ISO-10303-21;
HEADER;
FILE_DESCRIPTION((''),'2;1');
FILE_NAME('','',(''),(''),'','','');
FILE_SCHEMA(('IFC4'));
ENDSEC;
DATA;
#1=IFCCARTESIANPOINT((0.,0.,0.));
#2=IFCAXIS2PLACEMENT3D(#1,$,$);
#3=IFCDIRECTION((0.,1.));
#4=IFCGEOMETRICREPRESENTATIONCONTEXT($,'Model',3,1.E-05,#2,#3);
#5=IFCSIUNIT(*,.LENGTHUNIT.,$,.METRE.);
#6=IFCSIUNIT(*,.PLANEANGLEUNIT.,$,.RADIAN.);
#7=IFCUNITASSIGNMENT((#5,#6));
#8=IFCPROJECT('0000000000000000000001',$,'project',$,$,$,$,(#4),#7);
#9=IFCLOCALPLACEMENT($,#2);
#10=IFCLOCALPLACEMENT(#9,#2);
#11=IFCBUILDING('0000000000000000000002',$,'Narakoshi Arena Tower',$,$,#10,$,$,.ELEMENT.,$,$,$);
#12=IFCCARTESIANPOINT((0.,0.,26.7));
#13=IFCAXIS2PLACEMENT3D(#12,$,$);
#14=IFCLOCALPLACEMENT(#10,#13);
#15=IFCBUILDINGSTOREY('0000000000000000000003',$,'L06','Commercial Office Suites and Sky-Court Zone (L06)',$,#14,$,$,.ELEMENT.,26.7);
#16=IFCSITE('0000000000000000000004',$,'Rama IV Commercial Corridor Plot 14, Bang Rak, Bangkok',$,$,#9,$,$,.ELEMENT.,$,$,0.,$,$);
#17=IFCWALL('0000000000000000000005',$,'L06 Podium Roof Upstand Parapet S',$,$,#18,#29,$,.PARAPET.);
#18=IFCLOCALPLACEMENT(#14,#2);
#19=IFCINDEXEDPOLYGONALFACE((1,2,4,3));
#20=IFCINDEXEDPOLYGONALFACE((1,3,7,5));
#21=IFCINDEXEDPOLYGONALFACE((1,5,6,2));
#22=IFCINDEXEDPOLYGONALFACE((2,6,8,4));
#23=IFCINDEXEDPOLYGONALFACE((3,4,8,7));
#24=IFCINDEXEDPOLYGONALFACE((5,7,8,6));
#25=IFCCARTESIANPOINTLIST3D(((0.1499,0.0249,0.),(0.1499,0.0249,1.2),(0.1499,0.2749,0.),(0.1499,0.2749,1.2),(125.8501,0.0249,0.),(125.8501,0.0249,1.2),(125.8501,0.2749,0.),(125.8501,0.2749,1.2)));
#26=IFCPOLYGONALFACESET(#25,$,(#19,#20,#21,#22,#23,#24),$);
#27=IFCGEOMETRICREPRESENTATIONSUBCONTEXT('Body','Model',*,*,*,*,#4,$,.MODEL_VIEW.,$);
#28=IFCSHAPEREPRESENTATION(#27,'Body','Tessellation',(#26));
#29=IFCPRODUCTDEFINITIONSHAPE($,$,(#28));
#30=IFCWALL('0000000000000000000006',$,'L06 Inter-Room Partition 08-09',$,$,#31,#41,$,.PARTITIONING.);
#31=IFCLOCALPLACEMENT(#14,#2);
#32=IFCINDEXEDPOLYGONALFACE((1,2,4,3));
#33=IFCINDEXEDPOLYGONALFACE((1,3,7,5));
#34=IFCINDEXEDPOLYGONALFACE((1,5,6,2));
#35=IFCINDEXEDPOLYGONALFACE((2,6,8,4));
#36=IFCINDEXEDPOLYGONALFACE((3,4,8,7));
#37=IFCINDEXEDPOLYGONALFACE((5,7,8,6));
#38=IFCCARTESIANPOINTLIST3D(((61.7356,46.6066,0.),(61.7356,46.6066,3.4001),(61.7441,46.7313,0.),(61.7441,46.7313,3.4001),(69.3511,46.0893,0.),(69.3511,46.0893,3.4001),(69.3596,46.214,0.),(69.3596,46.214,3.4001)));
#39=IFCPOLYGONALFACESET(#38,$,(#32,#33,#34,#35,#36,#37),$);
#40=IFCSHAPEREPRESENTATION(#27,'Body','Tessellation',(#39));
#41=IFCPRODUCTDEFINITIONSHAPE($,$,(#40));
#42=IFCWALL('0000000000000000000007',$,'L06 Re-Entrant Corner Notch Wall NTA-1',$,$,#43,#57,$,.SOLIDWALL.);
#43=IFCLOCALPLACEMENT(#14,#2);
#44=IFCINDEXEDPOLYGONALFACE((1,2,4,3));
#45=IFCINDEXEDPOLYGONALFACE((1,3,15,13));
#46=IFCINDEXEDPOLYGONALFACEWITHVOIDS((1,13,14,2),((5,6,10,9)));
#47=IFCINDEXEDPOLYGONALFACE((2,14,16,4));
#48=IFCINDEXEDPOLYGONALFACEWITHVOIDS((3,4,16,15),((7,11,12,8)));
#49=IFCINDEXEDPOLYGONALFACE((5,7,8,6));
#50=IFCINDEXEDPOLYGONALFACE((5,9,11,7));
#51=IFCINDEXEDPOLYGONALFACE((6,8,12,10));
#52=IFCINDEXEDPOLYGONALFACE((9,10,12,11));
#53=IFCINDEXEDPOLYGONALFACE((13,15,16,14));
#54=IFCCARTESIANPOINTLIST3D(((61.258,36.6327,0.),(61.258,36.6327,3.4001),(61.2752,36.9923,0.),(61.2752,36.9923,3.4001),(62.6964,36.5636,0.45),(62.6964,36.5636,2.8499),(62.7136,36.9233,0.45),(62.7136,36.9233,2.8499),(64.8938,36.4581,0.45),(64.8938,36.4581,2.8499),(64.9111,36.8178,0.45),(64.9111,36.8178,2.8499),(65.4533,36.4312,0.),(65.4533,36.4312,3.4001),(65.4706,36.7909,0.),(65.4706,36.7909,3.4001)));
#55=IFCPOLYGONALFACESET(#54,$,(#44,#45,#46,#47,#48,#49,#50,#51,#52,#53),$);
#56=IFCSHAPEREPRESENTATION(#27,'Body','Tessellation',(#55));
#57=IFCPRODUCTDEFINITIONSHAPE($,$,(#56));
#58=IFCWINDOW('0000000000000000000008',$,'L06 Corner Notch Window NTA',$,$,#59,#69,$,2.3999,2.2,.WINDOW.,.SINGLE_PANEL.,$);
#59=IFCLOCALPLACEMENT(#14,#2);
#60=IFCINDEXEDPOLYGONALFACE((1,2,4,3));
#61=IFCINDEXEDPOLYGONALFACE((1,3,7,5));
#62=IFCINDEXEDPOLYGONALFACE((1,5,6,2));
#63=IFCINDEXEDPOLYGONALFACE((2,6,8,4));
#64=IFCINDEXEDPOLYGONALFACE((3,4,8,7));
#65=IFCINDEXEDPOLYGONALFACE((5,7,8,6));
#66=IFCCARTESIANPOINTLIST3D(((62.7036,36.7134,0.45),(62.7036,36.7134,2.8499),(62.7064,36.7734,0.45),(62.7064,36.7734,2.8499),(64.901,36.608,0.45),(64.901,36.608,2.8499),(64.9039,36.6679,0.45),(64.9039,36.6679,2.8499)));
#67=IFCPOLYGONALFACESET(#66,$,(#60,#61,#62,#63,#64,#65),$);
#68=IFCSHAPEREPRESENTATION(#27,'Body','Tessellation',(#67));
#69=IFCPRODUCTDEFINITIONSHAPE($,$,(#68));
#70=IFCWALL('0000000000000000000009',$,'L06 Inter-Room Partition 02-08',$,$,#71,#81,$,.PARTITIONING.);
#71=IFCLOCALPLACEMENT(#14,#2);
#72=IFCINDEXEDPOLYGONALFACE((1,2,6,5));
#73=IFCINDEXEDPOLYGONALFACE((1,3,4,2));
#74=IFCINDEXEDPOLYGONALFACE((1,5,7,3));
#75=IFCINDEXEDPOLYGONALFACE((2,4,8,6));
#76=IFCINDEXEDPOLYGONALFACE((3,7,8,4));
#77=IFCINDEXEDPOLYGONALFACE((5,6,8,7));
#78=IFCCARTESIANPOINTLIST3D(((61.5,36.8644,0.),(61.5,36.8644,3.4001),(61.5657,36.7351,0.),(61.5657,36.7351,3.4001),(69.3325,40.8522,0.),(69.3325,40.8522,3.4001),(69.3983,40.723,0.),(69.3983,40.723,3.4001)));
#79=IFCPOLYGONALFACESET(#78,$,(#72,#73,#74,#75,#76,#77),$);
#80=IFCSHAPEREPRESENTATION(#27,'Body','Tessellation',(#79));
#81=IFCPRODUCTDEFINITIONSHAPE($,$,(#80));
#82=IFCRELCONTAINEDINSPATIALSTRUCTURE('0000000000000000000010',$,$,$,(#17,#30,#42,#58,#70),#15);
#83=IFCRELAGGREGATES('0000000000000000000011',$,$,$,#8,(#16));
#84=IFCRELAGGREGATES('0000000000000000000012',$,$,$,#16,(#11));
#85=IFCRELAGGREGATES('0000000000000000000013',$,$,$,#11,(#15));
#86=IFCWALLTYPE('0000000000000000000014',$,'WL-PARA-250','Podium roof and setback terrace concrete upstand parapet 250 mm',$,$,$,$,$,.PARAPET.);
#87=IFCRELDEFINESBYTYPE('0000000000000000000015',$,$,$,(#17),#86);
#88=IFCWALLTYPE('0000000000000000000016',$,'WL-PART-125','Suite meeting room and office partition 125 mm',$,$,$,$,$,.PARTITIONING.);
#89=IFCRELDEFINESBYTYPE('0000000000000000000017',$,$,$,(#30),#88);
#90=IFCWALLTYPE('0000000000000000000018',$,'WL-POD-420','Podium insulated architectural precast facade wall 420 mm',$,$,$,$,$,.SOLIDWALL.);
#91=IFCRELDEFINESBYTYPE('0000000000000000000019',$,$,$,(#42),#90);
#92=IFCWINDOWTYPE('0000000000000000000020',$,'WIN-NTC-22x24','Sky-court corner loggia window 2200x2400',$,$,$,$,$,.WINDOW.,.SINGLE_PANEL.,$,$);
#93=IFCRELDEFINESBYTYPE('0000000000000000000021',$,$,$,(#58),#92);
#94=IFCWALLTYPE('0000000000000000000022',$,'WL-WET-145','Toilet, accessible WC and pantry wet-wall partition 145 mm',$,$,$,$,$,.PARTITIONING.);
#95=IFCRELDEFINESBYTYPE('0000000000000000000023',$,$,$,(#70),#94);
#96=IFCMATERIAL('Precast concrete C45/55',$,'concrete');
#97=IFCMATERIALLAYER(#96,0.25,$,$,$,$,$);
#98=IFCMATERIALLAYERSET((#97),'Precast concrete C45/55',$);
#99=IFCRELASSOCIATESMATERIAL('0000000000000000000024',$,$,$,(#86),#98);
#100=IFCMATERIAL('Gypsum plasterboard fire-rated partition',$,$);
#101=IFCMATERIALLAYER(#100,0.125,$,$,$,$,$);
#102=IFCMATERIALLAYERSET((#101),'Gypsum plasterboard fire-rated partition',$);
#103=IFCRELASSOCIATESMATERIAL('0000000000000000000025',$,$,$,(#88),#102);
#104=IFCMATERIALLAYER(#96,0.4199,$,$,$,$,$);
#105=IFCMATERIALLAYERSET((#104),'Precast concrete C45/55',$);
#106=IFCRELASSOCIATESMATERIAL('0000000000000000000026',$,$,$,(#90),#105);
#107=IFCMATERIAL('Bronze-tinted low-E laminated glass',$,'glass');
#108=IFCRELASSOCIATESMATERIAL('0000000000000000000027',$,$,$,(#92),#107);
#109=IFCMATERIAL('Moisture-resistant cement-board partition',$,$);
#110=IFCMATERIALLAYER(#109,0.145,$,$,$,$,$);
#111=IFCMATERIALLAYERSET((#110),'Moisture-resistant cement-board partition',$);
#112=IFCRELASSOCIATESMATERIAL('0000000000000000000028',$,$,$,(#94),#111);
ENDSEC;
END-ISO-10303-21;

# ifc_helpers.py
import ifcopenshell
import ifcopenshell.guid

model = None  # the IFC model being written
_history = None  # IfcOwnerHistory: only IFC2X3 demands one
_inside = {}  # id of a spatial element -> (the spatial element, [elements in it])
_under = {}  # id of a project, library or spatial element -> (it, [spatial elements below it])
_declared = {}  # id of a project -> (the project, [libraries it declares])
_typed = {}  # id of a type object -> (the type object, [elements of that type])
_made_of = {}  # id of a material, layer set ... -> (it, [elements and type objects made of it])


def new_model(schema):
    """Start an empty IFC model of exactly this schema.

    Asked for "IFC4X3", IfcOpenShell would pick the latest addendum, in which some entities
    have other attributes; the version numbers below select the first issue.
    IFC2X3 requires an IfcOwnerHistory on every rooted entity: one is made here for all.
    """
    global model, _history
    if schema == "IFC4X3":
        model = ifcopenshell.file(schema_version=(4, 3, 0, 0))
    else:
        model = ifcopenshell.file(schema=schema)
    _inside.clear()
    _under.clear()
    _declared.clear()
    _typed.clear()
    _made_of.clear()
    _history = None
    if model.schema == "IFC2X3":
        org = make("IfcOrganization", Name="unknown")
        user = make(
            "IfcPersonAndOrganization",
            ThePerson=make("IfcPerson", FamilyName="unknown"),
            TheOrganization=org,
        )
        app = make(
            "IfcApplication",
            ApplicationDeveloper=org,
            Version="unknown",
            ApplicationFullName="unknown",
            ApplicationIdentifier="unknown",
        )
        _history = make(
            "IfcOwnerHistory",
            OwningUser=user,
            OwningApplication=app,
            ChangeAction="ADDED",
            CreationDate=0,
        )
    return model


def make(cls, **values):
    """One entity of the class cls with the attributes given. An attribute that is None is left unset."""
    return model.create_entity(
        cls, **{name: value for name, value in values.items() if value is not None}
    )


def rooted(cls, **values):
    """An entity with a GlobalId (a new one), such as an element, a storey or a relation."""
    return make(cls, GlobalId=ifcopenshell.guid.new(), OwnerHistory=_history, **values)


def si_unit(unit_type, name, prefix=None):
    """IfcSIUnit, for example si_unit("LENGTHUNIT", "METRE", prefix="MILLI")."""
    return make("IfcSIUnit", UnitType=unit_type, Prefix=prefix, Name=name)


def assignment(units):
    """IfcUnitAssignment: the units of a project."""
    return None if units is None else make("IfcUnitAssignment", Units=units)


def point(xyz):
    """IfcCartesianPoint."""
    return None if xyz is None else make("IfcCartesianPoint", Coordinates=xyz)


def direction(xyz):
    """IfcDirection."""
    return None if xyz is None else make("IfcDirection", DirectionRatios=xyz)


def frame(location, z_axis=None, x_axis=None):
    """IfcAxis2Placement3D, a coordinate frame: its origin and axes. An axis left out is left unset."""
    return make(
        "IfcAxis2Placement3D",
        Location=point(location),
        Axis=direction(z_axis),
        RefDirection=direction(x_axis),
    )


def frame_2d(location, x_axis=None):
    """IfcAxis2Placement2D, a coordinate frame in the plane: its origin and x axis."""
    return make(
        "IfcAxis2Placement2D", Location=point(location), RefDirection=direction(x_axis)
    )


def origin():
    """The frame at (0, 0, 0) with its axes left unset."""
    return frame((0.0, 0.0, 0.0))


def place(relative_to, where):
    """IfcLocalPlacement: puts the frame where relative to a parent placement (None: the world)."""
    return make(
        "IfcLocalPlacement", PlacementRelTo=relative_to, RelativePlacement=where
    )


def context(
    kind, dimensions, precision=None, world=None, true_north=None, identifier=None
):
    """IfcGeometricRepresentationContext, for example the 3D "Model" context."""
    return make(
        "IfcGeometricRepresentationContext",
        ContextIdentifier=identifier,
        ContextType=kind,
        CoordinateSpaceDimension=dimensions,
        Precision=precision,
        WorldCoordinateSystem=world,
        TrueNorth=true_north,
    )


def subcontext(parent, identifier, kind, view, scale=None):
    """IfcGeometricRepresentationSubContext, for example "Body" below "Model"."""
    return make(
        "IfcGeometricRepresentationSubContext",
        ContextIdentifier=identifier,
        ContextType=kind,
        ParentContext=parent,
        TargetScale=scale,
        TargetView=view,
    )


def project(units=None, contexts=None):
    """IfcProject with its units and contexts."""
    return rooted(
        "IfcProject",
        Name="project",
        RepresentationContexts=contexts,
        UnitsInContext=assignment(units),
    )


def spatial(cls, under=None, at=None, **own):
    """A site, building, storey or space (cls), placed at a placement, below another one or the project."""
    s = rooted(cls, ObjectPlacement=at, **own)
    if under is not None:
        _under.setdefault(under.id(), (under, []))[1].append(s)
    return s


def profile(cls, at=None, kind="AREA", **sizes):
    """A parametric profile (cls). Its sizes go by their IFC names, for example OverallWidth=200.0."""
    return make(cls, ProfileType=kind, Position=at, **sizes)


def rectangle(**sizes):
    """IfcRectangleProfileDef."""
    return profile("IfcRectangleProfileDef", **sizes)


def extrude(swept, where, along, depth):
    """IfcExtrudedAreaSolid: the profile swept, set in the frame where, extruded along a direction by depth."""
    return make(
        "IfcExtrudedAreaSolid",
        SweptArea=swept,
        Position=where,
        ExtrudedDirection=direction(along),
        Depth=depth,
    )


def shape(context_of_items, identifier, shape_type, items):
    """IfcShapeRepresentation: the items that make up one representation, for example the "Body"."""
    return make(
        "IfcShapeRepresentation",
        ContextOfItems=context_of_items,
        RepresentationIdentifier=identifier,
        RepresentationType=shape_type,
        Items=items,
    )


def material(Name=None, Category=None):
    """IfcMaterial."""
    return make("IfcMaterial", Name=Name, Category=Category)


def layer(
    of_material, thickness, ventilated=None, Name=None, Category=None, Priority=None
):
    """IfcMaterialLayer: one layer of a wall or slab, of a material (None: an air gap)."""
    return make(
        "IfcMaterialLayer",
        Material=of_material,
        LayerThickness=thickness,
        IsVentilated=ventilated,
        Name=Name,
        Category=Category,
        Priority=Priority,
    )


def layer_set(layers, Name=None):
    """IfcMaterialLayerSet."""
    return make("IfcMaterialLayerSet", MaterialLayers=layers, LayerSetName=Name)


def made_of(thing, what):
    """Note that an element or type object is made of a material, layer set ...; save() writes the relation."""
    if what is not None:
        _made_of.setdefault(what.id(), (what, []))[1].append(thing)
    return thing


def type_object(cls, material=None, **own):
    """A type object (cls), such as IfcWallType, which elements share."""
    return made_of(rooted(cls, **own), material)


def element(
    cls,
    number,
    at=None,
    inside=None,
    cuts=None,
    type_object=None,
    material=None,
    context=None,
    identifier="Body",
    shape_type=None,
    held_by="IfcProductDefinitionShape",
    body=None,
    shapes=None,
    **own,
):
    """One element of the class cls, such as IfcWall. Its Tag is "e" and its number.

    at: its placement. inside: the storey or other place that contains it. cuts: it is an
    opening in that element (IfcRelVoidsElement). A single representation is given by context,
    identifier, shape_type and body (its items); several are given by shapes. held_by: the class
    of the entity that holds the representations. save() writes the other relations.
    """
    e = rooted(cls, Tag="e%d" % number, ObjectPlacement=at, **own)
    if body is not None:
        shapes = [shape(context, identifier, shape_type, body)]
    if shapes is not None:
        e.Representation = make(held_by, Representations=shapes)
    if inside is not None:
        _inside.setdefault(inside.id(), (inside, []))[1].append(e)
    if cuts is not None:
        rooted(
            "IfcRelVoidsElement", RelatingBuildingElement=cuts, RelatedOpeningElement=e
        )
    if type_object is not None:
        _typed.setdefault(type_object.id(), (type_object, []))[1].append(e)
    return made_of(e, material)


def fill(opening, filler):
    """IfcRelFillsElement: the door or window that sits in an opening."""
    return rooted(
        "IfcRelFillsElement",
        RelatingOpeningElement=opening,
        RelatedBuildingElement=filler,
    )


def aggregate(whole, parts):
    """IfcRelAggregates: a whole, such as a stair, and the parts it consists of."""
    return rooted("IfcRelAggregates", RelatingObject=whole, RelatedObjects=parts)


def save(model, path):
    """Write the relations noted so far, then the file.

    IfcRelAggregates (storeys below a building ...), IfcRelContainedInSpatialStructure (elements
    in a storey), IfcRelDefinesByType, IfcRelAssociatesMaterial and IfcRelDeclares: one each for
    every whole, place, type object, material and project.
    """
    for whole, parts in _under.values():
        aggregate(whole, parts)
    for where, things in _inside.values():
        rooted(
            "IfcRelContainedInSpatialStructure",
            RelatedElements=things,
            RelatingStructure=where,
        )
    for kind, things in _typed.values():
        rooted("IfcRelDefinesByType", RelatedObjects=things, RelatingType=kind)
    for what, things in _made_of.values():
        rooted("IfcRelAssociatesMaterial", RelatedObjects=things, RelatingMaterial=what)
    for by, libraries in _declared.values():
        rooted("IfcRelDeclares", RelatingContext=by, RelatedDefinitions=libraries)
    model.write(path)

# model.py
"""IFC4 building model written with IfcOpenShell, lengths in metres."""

from ifc_helpers import new_model, si_unit, direction, frame, frame_2d, origin, place, context, subcontext, project, spatial, rectangle, extrude, material, layer, layer_set, type_object, element, fill, save


model = new_model("IFC4")

# Units and contexts
model_context = context("Model", 3, precision=1e-05, world=origin(), true_north=direction((0.0, 1.0)))
body_context = subcontext(model_context, "Body", "Model", "MODEL_VIEW")
ifc_project = project(units=[si_unit("LENGTHUNIT", "METRE"), si_unit("PLANEANGLEUNIT", "RADIAN")], contexts=[model_context])

# Site, building, storey
site_placement = place(None, origin())
site = spatial("IfcSite", under=ifc_project, at=site_placement, Name="Rama IV Commercial Corridor Plot 14, Bang Rak, Bangkok", CompositionType="ELEMENT", RefElevation=0.0)
building_placement = place(site_placement, origin())
building = spatial("IfcBuilding", under=site, at=building_placement, Name="Narakoshi Arena Tower", CompositionType="ELEMENT")
storey_placement = place(building_placement, frame((0.0, 0.0, 26.7)))
storey = spatial("IfcBuildingStorey", under=building, at=storey_placement, Name="L06", Description="Commercial Office Suites and Sky-Court Zone (L06)", CompositionType="ELEMENT", Elevation=26.7)

# Walls
ifc_material_1 = material(Name="Precast concrete C45/55", Category="concrete")
ifc_layer_1 = layer(ifc_material_1, 0.25)
ifc_layer_set_1 = layer_set([ifc_layer_1], Name="Precast concrete C45/55")
wall_type_1 = type_object("IfcWallType", Name="WL-PARA-250", Description="Podium roof and setback terrace concrete upstand parapet 250 mm", PredefinedType="PARAPET", material=ifc_layer_set_1)
wall_1_placement = place(storey_placement, frame((0.1499, 0.1499, 0.0), z_axis=(0.0, 0.0, 1.0), x_axis=(1.0, 0.0, 0.0)))
element("IfcWall", 1, at=wall_1_placement, inside=storey, type_object=wall_type_1, Name="L06 Podium Roof Upstand Parapet S", PredefinedType="PARAPET", context=body_context, shape_type="SweptSolid", body=[
    extrude(rectangle(XDim=125.7002, YDim=0.25, at=frame_2d((62.8501, 0.0))), origin(), (0.0, 0.0, 1.0), 1.2),
])
ifc_material_2 = material(Name="Gypsum plasterboard fire-rated partition")
ifc_layer_2 = layer(ifc_material_2, 0.125)
ifc_layer_set_2 = layer_set([ifc_layer_2], Name="Gypsum plasterboard fire-rated partition")
wall_type_2 = type_object("IfcWallType", Name="WL-PART-125", Description="Suite meeting room and office partition 125 mm", PredefinedType="PARTITIONING", material=ifc_layer_set_2)
wall_2_placement = place(storey_placement, frame((61.74, 46.6689, 0.0), z_axis=(0.0, 0.0, 1.0), x_axis=(0.997701, -0.067776, 0.0)))
element("IfcWall", 2, at=wall_2_placement, inside=storey, type_object=wall_type_2, Name="L06 Inter-Room Partition 08-09", PredefinedType="PARTITIONING", context=body_context, shape_type="SweptSolid", body=[
    extrude(rectangle(XDim=7.6331, YDim=0.125, at=frame_2d((3.8164, 0.0))), origin(), (0.0, 0.0, 1.0), 3.4001),
])

# Wall, opening, window
ifc_layer_3 = layer(ifc_material_1, 0.4199)
ifc_layer_set_3 = layer_set([ifc_layer_3], Name="Precast concrete C45/55")
wall_type_3 = type_object("IfcWallType", Name="WL-POD-420", Description="Podium insulated architectural precast facade wall 420 mm", PredefinedType="SOLIDWALL", material=ifc_layer_set_3)
wall_3_placement = place(storey_placement, frame((61.2666, 36.8125, 0.0), z_axis=(0.0, 0.0, 1.0), x_axis=(0.99885, -0.047955, 0.0)))
wall_3 = element("IfcWall", 3, at=wall_3_placement, inside=storey, type_object=wall_type_3, Name="L06 Re-Entrant Corner Notch Wall NTA-1", PredefinedType="SOLIDWALL", context=body_context, shape_type="SweptSolid", body=[
    extrude(rectangle(XDim=4.2002, YDim=0.3601, at=frame_2d((2.1001, 0.0))), origin(), (0.0, 0.0, 1.0), 3.4001),
])
opening_placement = place(wall_3_placement, frame((1.4399, 0.0, 0.45)))
opening = element("IfcOpeningElement", 4, at=opening_placement, cuts=wall_3, PredefinedType="OPENING", context=body_context, shape_type="SweptSolid", body=[
    extrude(rectangle(XDim=2.2, YDim=2.3999, at=frame_2d((1.1001, 1.2))), frame((0.0, 0.1899, 0.0), z_axis=(0.0, -1.0, 0.0), x_axis=(1.0, 0.0, 0.0)), (0.0, 0.0, 1.0), 0.3801),
])
ifc_material_3 = material(Name="Bronze-tinted low-E laminated glass", Category="glass")
window_type = type_object("IfcWindowType", Name="WIN-NTC-22x24", Description="Sky-court corner loggia window 2200x2400", PartitioningType="SINGLE_PANEL", PredefinedType="WINDOW", material=ifc_material_3)
window_placement = place(opening_placement, origin())
window = element("IfcWindow", 5, at=window_placement, inside=storey, type_object=window_type, Name="L06 Corner Notch Window NTA", OverallHeight=2.3999, OverallWidth=2.2, PartitioningType="SINGLE_PANEL", PredefinedType="WINDOW", context=body_context, shape_type="SweptSolid", body=[
    extrude(rectangle(XDim=2.2, YDim=2.3999, at=frame_2d((1.1001, 1.2))), frame((0.0, 0.03, 0.0), z_axis=(0.0, -1.0, 0.0), x_axis=(1.0, 0.0, 0.0)), (0.0, 0.0, 1.0), 0.0601),
])
fill(opening, window)

# Wall
ifc_material_4 = material(Name="Moisture-resistant cement-board partition")
ifc_layer_4 = layer(ifc_material_4, 0.145)
ifc_layer_set_4 = layer_set([ifc_layer_4], Name="Moisture-resistant cement-board partition")
wall_type_4 = type_object("IfcWallType", Name="WL-WET-145", Description="Toilet, accessible WC and pantry wet-wall partition 145 mm", PredefinedType="PARTITIONING", material=ifc_layer_set_4)
wall_4_placement = place(storey_placement, frame((61.533, 36.7998, 0.0), z_axis=(0.0, 0.0, 1.0), x_axis=(0.891148, 0.453713, 0.0)))
element("IfcWall", 6, at=wall_4_placement, inside=storey, type_object=wall_type_4, Name="L06 Inter-Room Partition 02-08", PredefinedType="PARTITIONING", context=body_context, shape_type="SweptSolid", body=[
    extrude(rectangle(XDim=8.7893, YDim=0.145, at=frame_2d((4.3945, 0.0))), origin(), (0.0, 0.0, 1.0), 3.4001),
])

save(model, "model.ifc")
